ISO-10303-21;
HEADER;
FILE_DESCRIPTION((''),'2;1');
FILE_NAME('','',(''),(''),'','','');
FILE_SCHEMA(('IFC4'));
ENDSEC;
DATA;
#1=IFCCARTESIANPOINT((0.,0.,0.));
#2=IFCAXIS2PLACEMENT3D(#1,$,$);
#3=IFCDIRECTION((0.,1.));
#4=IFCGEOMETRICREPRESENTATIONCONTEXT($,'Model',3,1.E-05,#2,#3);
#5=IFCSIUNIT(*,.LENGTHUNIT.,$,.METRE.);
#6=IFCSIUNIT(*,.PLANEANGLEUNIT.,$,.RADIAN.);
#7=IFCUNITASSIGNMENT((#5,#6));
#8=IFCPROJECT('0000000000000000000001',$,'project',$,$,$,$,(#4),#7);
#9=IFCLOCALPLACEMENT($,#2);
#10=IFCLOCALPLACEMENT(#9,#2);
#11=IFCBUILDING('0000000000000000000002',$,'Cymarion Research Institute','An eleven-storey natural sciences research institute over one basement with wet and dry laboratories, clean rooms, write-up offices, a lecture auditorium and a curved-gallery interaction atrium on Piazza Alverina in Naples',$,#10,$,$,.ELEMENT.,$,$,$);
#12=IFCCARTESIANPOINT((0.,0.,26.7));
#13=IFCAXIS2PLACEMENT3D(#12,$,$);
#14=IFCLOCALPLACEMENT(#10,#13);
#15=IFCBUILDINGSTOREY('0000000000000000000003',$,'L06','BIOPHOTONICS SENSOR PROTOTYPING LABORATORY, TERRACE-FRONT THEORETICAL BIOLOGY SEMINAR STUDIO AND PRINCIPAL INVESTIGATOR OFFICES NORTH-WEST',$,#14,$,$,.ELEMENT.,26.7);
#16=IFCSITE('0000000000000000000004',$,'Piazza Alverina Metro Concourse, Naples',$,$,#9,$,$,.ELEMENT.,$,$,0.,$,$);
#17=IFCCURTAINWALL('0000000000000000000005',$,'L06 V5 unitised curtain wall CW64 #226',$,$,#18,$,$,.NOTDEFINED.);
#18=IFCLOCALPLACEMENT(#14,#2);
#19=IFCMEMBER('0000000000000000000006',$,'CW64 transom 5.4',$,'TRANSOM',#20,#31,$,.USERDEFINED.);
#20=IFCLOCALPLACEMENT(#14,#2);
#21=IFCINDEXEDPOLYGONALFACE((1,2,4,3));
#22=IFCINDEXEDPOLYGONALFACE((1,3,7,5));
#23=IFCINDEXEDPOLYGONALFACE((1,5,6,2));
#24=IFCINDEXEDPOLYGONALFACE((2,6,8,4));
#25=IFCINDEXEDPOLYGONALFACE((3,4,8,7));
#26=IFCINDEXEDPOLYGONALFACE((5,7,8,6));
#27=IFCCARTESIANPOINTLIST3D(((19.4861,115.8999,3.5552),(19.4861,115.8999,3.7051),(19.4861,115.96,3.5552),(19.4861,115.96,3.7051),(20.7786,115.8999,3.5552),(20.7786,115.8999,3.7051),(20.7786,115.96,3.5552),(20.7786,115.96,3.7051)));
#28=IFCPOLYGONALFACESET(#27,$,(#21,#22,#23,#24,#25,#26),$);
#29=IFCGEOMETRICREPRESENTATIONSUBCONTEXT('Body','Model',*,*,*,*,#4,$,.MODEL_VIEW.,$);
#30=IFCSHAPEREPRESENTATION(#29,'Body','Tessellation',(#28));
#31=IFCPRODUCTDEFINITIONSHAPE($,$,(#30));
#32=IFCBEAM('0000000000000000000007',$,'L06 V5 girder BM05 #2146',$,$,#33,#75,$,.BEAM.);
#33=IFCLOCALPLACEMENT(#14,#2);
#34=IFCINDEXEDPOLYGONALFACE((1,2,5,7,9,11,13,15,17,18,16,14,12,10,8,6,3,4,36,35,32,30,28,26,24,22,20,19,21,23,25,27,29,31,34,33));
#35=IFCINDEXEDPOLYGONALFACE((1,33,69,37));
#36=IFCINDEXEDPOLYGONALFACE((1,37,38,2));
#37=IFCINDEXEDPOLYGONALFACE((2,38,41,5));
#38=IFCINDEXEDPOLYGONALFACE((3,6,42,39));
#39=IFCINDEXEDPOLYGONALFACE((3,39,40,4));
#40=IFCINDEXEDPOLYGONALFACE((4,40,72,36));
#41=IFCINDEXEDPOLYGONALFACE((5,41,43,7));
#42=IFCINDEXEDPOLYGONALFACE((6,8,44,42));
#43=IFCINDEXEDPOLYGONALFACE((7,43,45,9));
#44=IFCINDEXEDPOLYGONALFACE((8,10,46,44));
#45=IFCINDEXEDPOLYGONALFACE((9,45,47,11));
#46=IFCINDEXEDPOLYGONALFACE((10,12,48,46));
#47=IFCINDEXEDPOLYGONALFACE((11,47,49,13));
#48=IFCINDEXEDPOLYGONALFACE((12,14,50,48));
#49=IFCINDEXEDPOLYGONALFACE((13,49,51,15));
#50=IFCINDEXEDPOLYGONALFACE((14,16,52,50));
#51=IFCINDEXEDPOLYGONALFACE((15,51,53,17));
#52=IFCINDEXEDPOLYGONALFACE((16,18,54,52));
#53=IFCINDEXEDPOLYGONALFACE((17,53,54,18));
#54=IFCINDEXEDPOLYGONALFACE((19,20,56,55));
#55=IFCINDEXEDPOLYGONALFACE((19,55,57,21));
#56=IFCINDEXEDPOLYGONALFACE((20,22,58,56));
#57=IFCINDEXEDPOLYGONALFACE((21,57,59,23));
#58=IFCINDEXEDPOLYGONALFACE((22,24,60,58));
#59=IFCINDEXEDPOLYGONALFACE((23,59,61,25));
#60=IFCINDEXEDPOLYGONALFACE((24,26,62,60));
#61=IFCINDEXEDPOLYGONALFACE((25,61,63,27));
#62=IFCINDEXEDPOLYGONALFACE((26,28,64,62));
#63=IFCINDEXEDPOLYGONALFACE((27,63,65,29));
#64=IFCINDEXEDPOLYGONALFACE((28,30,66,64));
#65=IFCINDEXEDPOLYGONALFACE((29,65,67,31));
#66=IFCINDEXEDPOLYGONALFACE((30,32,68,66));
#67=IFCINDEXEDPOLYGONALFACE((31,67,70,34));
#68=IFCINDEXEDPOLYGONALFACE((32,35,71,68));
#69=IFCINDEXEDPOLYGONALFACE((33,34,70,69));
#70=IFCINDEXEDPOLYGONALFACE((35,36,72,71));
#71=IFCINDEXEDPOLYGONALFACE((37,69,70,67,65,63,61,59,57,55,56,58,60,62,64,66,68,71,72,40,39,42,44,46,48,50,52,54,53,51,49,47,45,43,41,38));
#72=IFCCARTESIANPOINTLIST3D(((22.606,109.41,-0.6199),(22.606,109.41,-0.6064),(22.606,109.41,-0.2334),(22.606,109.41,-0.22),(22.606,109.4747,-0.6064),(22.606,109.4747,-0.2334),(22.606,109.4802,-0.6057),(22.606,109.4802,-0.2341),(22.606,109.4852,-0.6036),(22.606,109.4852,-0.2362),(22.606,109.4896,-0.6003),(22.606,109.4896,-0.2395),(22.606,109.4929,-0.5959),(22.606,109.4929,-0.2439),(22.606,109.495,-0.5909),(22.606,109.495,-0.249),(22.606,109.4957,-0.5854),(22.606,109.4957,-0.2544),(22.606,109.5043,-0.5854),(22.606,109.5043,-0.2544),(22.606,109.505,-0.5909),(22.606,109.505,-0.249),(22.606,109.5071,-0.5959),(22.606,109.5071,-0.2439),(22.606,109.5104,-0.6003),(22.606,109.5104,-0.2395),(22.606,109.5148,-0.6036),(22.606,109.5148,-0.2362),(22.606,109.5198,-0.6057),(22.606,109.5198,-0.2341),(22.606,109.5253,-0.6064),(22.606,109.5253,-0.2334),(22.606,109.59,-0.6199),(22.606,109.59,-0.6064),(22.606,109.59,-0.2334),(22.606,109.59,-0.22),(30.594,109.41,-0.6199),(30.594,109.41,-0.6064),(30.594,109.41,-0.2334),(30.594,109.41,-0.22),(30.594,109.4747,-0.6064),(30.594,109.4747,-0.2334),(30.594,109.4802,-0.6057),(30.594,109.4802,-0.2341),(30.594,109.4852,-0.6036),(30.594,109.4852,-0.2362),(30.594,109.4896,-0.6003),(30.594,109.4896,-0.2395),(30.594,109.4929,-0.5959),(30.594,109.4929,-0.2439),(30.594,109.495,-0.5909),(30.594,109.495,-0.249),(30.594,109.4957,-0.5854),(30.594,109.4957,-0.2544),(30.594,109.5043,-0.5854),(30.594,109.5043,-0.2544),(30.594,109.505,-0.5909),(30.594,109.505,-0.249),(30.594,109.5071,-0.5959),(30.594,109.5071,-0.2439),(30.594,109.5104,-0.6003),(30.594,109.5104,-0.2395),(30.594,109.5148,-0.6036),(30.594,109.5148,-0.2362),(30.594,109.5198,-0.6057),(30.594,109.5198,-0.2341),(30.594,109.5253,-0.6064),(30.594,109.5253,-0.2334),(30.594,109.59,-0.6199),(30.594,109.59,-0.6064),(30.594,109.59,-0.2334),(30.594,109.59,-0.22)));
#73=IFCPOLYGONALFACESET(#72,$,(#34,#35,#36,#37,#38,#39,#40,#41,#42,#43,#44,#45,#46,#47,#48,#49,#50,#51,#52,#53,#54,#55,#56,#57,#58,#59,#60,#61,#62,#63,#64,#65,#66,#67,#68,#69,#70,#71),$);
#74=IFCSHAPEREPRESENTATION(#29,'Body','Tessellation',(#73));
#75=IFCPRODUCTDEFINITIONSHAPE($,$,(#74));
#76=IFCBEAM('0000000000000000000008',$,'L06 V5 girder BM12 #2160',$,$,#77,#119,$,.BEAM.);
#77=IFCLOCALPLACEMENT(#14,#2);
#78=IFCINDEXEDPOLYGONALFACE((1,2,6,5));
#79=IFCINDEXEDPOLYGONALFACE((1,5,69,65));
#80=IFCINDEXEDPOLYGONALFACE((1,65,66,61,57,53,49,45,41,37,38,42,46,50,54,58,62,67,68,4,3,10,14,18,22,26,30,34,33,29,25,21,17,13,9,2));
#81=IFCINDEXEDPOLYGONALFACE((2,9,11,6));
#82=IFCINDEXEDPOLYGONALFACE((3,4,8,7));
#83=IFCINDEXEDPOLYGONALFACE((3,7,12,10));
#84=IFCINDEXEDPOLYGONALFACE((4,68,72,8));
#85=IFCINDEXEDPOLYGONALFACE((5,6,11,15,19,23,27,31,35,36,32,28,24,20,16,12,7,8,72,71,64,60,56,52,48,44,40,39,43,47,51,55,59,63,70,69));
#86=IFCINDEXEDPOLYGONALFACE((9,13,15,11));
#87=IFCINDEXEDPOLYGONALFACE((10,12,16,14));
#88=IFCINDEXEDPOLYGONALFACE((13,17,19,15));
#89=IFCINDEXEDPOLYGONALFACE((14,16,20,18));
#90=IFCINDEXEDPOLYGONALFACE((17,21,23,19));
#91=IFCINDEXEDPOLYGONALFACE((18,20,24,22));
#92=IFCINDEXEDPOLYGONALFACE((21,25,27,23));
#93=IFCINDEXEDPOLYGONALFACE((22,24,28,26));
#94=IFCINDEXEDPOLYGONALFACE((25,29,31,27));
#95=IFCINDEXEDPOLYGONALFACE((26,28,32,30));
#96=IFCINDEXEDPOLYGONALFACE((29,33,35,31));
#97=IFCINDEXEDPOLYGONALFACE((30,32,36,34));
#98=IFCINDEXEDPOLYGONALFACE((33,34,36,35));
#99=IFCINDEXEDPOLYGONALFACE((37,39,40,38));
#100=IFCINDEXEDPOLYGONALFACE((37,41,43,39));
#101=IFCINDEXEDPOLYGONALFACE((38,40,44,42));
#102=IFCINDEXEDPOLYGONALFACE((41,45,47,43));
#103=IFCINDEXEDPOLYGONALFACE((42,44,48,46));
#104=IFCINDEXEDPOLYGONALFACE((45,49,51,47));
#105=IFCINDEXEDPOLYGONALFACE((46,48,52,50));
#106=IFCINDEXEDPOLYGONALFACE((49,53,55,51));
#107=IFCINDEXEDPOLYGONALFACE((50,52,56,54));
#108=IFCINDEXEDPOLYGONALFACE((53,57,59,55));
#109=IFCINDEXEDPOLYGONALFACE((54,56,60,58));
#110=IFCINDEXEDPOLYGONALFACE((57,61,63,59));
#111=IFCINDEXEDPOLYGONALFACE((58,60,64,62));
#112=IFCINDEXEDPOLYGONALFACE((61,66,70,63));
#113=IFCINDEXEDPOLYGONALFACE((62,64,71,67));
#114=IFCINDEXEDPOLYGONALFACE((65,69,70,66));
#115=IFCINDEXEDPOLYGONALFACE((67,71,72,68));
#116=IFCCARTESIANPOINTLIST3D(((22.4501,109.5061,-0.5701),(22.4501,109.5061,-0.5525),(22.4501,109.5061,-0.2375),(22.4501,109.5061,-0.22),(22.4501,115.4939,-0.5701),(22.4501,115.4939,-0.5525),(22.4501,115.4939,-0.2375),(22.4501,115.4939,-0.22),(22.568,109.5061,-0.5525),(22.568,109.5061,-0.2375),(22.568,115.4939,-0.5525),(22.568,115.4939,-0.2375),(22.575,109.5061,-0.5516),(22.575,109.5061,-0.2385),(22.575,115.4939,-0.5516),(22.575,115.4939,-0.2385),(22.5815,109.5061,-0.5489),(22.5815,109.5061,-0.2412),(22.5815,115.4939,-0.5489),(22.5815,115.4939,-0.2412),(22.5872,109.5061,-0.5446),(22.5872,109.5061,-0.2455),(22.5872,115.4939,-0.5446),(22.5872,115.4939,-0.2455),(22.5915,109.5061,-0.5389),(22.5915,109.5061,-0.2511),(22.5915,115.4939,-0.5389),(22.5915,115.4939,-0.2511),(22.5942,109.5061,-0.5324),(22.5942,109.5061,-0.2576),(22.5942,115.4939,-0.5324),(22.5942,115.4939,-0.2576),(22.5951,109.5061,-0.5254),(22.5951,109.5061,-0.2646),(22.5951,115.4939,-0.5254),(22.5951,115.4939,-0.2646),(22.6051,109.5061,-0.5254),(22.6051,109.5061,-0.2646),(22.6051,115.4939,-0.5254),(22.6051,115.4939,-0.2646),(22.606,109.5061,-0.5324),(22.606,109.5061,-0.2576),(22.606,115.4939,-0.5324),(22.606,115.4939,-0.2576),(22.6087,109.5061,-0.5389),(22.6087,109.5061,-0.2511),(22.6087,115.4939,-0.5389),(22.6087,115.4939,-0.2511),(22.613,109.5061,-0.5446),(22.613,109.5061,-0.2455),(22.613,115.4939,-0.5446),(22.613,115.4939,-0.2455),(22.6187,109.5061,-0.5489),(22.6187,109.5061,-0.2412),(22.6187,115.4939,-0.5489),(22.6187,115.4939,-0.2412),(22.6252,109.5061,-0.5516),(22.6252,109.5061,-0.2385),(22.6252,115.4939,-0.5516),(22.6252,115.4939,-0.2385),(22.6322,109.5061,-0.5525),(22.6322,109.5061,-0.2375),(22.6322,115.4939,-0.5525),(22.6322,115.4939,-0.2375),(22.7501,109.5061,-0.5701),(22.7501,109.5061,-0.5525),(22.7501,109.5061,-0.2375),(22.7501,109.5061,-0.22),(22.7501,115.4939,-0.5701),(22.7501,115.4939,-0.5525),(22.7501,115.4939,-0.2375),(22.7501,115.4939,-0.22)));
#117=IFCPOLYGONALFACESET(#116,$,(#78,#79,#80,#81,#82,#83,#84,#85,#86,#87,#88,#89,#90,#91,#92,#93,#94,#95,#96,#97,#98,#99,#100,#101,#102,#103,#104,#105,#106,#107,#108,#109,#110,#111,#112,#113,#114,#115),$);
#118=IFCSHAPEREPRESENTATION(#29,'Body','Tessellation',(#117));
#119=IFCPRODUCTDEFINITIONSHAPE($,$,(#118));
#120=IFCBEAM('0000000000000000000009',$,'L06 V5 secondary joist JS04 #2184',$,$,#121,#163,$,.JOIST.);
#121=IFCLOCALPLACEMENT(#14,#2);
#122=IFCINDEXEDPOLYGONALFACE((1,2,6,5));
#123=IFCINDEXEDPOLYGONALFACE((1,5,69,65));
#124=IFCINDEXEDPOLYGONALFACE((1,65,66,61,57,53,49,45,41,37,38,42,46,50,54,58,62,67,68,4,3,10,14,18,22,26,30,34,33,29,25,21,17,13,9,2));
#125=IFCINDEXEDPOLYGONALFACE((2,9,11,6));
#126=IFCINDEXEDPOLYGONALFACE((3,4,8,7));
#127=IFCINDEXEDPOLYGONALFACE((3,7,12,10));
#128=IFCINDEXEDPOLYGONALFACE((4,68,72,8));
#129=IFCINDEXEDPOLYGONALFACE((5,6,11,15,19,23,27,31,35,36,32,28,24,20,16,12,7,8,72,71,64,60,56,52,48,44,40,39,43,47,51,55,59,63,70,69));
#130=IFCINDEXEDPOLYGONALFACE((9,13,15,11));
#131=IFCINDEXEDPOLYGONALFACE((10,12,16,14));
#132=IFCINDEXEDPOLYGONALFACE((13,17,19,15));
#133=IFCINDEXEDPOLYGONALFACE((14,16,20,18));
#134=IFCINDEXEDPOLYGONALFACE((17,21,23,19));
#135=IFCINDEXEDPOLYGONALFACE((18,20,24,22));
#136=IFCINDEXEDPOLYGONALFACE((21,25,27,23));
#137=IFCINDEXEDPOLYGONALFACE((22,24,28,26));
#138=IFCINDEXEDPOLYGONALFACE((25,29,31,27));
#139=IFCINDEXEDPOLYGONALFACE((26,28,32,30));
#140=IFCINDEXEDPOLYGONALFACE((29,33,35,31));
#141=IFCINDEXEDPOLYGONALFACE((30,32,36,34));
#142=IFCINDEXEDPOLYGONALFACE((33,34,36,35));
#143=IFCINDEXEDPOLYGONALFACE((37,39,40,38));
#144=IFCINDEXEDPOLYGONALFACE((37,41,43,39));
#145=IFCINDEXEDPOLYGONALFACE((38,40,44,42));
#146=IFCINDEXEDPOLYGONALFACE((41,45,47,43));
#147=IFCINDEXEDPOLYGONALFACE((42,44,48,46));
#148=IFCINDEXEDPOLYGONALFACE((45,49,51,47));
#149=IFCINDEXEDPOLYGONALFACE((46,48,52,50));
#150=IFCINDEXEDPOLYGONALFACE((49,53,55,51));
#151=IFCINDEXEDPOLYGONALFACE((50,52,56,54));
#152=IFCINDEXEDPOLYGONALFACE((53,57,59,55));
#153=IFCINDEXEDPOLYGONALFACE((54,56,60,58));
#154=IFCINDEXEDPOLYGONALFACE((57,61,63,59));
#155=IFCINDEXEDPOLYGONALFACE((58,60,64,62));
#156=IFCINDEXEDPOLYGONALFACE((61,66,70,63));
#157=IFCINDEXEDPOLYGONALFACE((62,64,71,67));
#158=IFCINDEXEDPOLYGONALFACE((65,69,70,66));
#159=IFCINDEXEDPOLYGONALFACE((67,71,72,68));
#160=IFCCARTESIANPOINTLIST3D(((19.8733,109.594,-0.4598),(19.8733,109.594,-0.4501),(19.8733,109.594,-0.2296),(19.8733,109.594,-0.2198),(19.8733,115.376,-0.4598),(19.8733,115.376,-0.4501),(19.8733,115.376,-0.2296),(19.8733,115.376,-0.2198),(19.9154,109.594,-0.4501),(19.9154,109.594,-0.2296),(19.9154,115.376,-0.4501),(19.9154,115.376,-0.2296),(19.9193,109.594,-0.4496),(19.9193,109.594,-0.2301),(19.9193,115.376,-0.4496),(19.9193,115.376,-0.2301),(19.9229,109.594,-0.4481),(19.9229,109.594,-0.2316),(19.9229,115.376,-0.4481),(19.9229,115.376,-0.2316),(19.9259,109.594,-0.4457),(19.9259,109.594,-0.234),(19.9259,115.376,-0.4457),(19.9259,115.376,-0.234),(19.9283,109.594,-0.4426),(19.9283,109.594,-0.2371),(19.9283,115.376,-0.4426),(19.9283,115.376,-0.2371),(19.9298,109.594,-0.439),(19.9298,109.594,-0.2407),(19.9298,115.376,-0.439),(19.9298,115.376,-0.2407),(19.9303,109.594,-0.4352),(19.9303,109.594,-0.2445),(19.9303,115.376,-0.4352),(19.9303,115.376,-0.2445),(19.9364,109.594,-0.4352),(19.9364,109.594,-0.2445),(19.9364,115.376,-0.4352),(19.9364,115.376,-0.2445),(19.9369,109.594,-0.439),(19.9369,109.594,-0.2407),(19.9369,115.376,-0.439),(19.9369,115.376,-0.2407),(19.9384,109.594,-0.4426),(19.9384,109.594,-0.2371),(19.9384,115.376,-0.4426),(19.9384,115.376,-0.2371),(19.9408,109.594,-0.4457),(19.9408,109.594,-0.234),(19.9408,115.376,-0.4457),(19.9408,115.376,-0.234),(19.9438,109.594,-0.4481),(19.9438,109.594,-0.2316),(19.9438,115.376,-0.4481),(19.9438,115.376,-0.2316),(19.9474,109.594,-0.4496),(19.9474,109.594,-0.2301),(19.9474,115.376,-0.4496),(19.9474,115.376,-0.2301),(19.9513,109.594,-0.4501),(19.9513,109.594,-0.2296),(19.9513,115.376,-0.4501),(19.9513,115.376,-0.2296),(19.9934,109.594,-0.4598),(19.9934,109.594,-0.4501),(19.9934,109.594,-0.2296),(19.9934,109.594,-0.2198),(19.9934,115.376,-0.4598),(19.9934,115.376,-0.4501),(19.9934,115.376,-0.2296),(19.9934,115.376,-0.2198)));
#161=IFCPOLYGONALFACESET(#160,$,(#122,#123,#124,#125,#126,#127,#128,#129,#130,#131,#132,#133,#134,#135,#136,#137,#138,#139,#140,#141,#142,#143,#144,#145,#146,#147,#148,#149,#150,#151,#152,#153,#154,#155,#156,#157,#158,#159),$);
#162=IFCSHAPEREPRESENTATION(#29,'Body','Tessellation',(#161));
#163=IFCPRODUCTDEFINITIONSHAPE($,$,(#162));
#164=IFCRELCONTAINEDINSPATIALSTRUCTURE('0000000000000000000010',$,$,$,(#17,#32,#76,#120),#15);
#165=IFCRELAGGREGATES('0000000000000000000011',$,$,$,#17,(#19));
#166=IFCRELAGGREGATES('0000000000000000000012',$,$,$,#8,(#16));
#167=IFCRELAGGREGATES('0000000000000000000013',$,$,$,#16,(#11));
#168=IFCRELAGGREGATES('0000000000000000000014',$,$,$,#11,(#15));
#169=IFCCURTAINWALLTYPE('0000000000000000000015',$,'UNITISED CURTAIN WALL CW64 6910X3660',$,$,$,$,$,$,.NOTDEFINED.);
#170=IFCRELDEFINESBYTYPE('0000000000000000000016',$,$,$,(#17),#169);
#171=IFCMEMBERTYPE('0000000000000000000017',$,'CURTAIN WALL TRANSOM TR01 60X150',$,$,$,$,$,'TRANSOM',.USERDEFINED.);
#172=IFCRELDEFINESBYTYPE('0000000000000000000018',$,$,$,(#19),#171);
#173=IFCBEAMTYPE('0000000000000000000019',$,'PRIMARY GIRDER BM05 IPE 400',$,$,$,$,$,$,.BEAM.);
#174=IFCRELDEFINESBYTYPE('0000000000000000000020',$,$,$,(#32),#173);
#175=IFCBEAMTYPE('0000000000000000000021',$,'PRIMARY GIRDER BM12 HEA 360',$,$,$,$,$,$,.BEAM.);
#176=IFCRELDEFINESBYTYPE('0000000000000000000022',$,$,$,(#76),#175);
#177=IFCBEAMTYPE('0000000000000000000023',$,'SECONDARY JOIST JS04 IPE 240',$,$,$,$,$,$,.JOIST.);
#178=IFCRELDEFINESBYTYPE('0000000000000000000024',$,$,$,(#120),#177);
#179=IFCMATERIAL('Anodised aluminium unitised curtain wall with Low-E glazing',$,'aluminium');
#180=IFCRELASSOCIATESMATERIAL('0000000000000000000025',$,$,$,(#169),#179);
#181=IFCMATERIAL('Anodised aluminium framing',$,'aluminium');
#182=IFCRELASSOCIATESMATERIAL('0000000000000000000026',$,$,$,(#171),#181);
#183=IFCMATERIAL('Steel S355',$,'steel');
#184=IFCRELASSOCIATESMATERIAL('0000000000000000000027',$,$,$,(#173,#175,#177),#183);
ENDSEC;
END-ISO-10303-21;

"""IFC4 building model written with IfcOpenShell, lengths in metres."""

from ifc_helpers import new_model, si_unit, direction, frame, origin, origin_2d, place, context, subcontext, project, spatial, rectangle, i_section, extrude, material, material_profile, profile_set, type_object, element, aggregate, save


model = new_model("IFC4")

# Units and contexts
model_context = context("Model", 3, precision=1e-05, world=origin(), true_north=direction((0.0, 1.0)))
body_context = subcontext(model_context, "Body", "Model", "MODEL_VIEW")
ifc_project = project(units=[si_unit("LENGTHUNIT", "METRE"), si_unit("PLANEANGLEUNIT", "RADIAN")], contexts=[model_context])

# Site, building, storey
site_placement = place(None, origin())
site = spatial("IfcSite", under=ifc_project, at=site_placement, Name="Piazza Alverina Metro Concourse, Naples", CompositionType="ELEMENT", RefElevation=0.0)
building_placement = place(site_placement, origin())
building = spatial("IfcBuilding", under=site, at=building_placement, Name="Cymarion Research Institute", Description="An eleven-storey natural sciences research institute over one basement with wet and dry laboratories, clean rooms, write-up offices, a lecture auditorium and a curved-gallery interaction atrium on Piazza Alverina in Naples", CompositionType="ELEMENT")
storey_placement = place(building_placement, frame((0.0, 0.0, 26.7)))
storey = spatial("IfcBuildingStorey", under=building, at=storey_placement, Name="L06", Description="BIOPHOTONICS SENSOR PROTOTYPING LABORATORY, TERRACE-FRONT THEORETICAL BIOLOGY SEMINAR STUDIO AND PRINCIPAL INVESTIGATOR OFFICES NORTH-WEST", CompositionType="ELEMENT", Elevation=26.7)

# Shared definitions
ifc_material_1 = material(Name="Steel S355", Category="steel")

# Curtain wall, member
ifc_material_2 = material(Name="Anodised aluminium unitised curtain wall with Low-E glazing", Category="aluminium")
curtain_wall_type = type_object("IfcCurtainWallType", Name="UNITISED CURTAIN WALL CW64 6910X3660", PredefinedType="NOTDEFINED", material=ifc_material_2)
curtain_wall_placement = place(storey_placement, origin())
curtain_wall = element("IfcCurtainWall", 1, at=curtain_wall_placement, inside=storey, type_object=curtain_wall_type, Name="L06 V5 unitised curtain wall CW64 #226", PredefinedType="NOTDEFINED")
ifc_material_3 = material(Name="Anodised aluminium framing", Category="aluminium")
ifc_material_profile_1 = material_profile(ifc_material_3, rectangle(XDim=0.0601, YDim=0.1499, at=origin_2d()), Name="ALU TRANSOM 60x150")
ifc_profile_set_1 = profile_set([ifc_material_profile_1], Name="Anodised aluminium framing")
member_type_1 = type_object("IfcMemberType", Name="CURTAIN WALL TRANSOM TR01 60X150", ElementType="TRANSOM", PredefinedType="USERDEFINED", material=ifc_profile_set_1)
member_1_placement = place(storey_placement, frame((20.7786, 115.9299, 3.6301), z_axis=(-1.0, 0.0, 0.0), x_axis=(0.0, -1.0, 0.0)))
member_1 = element("IfcMember", 2, at=member_1_placement, type_object=member_type_1, Name="CW64 transom 5.4", ObjectType="TRANSOM", PredefinedType="USERDEFINED", context=body_context, shape_type="SweptSolid", body=[
    extrude(rectangle(XDim=0.0601, YDim=0.1499, at=origin_2d()), origin(), (0.0, 0.0, 1.0), 1.2925),
])

# Beams
ifc_material_profile_2 = material_profile(ifc_material_1, i_section(OverallWidth=0.1799, OverallDepth=0.3999, WebThickness=0.0085, FlangeThickness=0.0134, FilletRadius=0.021, at=origin_2d()), Name="IPE 400")
ifc_profile_set_2 = profile_set([ifc_material_profile_2], Name="Steel S355")
beam_type_1 = type_object("IfcBeamType", Name="PRIMARY GIRDER BM05 IPE 400", PredefinedType="BEAM", material=ifc_profile_set_2)
beam_1_placement = place(storey_placement, frame((22.606, 109.5, -0.4199), z_axis=(1.0, 0.0, 0.0), x_axis=(0.0, 1.0, 0.0)))
element("IfcBeam", 3, at=beam_1_placement, inside=storey, type_object=beam_type_1, Name="L06 V5 girder BM05 #2146", PredefinedType="BEAM", context=body_context, shape_type="SweptSolid", body=[
    extrude(i_section(OverallWidth=0.1799, OverallDepth=0.3999, WebThickness=0.0085, FlangeThickness=0.0134, FilletRadius=0.021, at=origin_2d()), origin(), (0.0, 0.0, 1.0), 7.988),
])
ifc_material_profile_3 = material_profile(ifc_material_1, i_section(OverallWidth=0.3, OverallDepth=0.3501, WebThickness=0.01, FlangeThickness=0.0176, FilletRadius=0.0271, at=origin_2d()), Name="HEA 360")
ifc_profile_set_3 = profile_set([ifc_material_profile_3], Name="Steel S355")
beam_type_2 = type_object("IfcBeamType", Name="PRIMARY GIRDER BM12 HEA 360", PredefinedType="BEAM", material=ifc_profile_set_3)
beam_2_placement = place(storey_placement, frame((22.6001, 109.5061, -0.395), z_axis=(0.0, 1.0, 0.0), x_axis=(-1.0, 0.0, 0.0)))
element("IfcBeam", 4, at=beam_2_placement, inside=storey, type_object=beam_type_2, Name="L06 V5 girder BM12 #2160", PredefinedType="BEAM", context=body_context, shape_type="SweptSolid", body=[
    extrude(i_section(OverallWidth=0.3, OverallDepth=0.3501, WebThickness=0.01, FlangeThickness=0.0176, FilletRadius=0.0271, at=origin_2d()), origin(), (0.0, 0.0, 1.0), 5.9878),
])
ifc_material_profile_4 = material_profile(ifc_material_1, i_section(OverallWidth=0.1201, OverallDepth=0.24, WebThickness=0.0061, FlangeThickness=0.0098, FilletRadius=0.0149, at=origin_2d()), Name="IPE 240")
ifc_profile_set_4 = profile_set([ifc_material_profile_4], Name="Steel S355")
beam_type_3 = type_object("IfcBeamType", Name="SECONDARY JOIST JS04 IPE 240", PredefinedType="JOIST", material=ifc_profile_set_4)
beam_3_placement = place(storey_placement, frame((19.9333, 109.594, -0.3398), z_axis=(0.0, 1.0, 0.0), x_axis=(-1.0, 0.0, 0.0)))
element("IfcBeam", 5, at=beam_3_placement, inside=storey, type_object=beam_type_3, Name="L06 V5 secondary joist JS04 #2184", PredefinedType="JOIST", context=body_context, shape_type="SweptSolid", body=[
    extrude(i_section(OverallWidth=0.1201, OverallDepth=0.24, WebThickness=0.0061, FlangeThickness=0.0098, FilletRadius=0.0149, at=origin_2d()), origin(), (0.0, 0.0, 1.0), 5.782),
])

aggregate(curtain_wall, [member_1])

save(model, "model.ifc")
